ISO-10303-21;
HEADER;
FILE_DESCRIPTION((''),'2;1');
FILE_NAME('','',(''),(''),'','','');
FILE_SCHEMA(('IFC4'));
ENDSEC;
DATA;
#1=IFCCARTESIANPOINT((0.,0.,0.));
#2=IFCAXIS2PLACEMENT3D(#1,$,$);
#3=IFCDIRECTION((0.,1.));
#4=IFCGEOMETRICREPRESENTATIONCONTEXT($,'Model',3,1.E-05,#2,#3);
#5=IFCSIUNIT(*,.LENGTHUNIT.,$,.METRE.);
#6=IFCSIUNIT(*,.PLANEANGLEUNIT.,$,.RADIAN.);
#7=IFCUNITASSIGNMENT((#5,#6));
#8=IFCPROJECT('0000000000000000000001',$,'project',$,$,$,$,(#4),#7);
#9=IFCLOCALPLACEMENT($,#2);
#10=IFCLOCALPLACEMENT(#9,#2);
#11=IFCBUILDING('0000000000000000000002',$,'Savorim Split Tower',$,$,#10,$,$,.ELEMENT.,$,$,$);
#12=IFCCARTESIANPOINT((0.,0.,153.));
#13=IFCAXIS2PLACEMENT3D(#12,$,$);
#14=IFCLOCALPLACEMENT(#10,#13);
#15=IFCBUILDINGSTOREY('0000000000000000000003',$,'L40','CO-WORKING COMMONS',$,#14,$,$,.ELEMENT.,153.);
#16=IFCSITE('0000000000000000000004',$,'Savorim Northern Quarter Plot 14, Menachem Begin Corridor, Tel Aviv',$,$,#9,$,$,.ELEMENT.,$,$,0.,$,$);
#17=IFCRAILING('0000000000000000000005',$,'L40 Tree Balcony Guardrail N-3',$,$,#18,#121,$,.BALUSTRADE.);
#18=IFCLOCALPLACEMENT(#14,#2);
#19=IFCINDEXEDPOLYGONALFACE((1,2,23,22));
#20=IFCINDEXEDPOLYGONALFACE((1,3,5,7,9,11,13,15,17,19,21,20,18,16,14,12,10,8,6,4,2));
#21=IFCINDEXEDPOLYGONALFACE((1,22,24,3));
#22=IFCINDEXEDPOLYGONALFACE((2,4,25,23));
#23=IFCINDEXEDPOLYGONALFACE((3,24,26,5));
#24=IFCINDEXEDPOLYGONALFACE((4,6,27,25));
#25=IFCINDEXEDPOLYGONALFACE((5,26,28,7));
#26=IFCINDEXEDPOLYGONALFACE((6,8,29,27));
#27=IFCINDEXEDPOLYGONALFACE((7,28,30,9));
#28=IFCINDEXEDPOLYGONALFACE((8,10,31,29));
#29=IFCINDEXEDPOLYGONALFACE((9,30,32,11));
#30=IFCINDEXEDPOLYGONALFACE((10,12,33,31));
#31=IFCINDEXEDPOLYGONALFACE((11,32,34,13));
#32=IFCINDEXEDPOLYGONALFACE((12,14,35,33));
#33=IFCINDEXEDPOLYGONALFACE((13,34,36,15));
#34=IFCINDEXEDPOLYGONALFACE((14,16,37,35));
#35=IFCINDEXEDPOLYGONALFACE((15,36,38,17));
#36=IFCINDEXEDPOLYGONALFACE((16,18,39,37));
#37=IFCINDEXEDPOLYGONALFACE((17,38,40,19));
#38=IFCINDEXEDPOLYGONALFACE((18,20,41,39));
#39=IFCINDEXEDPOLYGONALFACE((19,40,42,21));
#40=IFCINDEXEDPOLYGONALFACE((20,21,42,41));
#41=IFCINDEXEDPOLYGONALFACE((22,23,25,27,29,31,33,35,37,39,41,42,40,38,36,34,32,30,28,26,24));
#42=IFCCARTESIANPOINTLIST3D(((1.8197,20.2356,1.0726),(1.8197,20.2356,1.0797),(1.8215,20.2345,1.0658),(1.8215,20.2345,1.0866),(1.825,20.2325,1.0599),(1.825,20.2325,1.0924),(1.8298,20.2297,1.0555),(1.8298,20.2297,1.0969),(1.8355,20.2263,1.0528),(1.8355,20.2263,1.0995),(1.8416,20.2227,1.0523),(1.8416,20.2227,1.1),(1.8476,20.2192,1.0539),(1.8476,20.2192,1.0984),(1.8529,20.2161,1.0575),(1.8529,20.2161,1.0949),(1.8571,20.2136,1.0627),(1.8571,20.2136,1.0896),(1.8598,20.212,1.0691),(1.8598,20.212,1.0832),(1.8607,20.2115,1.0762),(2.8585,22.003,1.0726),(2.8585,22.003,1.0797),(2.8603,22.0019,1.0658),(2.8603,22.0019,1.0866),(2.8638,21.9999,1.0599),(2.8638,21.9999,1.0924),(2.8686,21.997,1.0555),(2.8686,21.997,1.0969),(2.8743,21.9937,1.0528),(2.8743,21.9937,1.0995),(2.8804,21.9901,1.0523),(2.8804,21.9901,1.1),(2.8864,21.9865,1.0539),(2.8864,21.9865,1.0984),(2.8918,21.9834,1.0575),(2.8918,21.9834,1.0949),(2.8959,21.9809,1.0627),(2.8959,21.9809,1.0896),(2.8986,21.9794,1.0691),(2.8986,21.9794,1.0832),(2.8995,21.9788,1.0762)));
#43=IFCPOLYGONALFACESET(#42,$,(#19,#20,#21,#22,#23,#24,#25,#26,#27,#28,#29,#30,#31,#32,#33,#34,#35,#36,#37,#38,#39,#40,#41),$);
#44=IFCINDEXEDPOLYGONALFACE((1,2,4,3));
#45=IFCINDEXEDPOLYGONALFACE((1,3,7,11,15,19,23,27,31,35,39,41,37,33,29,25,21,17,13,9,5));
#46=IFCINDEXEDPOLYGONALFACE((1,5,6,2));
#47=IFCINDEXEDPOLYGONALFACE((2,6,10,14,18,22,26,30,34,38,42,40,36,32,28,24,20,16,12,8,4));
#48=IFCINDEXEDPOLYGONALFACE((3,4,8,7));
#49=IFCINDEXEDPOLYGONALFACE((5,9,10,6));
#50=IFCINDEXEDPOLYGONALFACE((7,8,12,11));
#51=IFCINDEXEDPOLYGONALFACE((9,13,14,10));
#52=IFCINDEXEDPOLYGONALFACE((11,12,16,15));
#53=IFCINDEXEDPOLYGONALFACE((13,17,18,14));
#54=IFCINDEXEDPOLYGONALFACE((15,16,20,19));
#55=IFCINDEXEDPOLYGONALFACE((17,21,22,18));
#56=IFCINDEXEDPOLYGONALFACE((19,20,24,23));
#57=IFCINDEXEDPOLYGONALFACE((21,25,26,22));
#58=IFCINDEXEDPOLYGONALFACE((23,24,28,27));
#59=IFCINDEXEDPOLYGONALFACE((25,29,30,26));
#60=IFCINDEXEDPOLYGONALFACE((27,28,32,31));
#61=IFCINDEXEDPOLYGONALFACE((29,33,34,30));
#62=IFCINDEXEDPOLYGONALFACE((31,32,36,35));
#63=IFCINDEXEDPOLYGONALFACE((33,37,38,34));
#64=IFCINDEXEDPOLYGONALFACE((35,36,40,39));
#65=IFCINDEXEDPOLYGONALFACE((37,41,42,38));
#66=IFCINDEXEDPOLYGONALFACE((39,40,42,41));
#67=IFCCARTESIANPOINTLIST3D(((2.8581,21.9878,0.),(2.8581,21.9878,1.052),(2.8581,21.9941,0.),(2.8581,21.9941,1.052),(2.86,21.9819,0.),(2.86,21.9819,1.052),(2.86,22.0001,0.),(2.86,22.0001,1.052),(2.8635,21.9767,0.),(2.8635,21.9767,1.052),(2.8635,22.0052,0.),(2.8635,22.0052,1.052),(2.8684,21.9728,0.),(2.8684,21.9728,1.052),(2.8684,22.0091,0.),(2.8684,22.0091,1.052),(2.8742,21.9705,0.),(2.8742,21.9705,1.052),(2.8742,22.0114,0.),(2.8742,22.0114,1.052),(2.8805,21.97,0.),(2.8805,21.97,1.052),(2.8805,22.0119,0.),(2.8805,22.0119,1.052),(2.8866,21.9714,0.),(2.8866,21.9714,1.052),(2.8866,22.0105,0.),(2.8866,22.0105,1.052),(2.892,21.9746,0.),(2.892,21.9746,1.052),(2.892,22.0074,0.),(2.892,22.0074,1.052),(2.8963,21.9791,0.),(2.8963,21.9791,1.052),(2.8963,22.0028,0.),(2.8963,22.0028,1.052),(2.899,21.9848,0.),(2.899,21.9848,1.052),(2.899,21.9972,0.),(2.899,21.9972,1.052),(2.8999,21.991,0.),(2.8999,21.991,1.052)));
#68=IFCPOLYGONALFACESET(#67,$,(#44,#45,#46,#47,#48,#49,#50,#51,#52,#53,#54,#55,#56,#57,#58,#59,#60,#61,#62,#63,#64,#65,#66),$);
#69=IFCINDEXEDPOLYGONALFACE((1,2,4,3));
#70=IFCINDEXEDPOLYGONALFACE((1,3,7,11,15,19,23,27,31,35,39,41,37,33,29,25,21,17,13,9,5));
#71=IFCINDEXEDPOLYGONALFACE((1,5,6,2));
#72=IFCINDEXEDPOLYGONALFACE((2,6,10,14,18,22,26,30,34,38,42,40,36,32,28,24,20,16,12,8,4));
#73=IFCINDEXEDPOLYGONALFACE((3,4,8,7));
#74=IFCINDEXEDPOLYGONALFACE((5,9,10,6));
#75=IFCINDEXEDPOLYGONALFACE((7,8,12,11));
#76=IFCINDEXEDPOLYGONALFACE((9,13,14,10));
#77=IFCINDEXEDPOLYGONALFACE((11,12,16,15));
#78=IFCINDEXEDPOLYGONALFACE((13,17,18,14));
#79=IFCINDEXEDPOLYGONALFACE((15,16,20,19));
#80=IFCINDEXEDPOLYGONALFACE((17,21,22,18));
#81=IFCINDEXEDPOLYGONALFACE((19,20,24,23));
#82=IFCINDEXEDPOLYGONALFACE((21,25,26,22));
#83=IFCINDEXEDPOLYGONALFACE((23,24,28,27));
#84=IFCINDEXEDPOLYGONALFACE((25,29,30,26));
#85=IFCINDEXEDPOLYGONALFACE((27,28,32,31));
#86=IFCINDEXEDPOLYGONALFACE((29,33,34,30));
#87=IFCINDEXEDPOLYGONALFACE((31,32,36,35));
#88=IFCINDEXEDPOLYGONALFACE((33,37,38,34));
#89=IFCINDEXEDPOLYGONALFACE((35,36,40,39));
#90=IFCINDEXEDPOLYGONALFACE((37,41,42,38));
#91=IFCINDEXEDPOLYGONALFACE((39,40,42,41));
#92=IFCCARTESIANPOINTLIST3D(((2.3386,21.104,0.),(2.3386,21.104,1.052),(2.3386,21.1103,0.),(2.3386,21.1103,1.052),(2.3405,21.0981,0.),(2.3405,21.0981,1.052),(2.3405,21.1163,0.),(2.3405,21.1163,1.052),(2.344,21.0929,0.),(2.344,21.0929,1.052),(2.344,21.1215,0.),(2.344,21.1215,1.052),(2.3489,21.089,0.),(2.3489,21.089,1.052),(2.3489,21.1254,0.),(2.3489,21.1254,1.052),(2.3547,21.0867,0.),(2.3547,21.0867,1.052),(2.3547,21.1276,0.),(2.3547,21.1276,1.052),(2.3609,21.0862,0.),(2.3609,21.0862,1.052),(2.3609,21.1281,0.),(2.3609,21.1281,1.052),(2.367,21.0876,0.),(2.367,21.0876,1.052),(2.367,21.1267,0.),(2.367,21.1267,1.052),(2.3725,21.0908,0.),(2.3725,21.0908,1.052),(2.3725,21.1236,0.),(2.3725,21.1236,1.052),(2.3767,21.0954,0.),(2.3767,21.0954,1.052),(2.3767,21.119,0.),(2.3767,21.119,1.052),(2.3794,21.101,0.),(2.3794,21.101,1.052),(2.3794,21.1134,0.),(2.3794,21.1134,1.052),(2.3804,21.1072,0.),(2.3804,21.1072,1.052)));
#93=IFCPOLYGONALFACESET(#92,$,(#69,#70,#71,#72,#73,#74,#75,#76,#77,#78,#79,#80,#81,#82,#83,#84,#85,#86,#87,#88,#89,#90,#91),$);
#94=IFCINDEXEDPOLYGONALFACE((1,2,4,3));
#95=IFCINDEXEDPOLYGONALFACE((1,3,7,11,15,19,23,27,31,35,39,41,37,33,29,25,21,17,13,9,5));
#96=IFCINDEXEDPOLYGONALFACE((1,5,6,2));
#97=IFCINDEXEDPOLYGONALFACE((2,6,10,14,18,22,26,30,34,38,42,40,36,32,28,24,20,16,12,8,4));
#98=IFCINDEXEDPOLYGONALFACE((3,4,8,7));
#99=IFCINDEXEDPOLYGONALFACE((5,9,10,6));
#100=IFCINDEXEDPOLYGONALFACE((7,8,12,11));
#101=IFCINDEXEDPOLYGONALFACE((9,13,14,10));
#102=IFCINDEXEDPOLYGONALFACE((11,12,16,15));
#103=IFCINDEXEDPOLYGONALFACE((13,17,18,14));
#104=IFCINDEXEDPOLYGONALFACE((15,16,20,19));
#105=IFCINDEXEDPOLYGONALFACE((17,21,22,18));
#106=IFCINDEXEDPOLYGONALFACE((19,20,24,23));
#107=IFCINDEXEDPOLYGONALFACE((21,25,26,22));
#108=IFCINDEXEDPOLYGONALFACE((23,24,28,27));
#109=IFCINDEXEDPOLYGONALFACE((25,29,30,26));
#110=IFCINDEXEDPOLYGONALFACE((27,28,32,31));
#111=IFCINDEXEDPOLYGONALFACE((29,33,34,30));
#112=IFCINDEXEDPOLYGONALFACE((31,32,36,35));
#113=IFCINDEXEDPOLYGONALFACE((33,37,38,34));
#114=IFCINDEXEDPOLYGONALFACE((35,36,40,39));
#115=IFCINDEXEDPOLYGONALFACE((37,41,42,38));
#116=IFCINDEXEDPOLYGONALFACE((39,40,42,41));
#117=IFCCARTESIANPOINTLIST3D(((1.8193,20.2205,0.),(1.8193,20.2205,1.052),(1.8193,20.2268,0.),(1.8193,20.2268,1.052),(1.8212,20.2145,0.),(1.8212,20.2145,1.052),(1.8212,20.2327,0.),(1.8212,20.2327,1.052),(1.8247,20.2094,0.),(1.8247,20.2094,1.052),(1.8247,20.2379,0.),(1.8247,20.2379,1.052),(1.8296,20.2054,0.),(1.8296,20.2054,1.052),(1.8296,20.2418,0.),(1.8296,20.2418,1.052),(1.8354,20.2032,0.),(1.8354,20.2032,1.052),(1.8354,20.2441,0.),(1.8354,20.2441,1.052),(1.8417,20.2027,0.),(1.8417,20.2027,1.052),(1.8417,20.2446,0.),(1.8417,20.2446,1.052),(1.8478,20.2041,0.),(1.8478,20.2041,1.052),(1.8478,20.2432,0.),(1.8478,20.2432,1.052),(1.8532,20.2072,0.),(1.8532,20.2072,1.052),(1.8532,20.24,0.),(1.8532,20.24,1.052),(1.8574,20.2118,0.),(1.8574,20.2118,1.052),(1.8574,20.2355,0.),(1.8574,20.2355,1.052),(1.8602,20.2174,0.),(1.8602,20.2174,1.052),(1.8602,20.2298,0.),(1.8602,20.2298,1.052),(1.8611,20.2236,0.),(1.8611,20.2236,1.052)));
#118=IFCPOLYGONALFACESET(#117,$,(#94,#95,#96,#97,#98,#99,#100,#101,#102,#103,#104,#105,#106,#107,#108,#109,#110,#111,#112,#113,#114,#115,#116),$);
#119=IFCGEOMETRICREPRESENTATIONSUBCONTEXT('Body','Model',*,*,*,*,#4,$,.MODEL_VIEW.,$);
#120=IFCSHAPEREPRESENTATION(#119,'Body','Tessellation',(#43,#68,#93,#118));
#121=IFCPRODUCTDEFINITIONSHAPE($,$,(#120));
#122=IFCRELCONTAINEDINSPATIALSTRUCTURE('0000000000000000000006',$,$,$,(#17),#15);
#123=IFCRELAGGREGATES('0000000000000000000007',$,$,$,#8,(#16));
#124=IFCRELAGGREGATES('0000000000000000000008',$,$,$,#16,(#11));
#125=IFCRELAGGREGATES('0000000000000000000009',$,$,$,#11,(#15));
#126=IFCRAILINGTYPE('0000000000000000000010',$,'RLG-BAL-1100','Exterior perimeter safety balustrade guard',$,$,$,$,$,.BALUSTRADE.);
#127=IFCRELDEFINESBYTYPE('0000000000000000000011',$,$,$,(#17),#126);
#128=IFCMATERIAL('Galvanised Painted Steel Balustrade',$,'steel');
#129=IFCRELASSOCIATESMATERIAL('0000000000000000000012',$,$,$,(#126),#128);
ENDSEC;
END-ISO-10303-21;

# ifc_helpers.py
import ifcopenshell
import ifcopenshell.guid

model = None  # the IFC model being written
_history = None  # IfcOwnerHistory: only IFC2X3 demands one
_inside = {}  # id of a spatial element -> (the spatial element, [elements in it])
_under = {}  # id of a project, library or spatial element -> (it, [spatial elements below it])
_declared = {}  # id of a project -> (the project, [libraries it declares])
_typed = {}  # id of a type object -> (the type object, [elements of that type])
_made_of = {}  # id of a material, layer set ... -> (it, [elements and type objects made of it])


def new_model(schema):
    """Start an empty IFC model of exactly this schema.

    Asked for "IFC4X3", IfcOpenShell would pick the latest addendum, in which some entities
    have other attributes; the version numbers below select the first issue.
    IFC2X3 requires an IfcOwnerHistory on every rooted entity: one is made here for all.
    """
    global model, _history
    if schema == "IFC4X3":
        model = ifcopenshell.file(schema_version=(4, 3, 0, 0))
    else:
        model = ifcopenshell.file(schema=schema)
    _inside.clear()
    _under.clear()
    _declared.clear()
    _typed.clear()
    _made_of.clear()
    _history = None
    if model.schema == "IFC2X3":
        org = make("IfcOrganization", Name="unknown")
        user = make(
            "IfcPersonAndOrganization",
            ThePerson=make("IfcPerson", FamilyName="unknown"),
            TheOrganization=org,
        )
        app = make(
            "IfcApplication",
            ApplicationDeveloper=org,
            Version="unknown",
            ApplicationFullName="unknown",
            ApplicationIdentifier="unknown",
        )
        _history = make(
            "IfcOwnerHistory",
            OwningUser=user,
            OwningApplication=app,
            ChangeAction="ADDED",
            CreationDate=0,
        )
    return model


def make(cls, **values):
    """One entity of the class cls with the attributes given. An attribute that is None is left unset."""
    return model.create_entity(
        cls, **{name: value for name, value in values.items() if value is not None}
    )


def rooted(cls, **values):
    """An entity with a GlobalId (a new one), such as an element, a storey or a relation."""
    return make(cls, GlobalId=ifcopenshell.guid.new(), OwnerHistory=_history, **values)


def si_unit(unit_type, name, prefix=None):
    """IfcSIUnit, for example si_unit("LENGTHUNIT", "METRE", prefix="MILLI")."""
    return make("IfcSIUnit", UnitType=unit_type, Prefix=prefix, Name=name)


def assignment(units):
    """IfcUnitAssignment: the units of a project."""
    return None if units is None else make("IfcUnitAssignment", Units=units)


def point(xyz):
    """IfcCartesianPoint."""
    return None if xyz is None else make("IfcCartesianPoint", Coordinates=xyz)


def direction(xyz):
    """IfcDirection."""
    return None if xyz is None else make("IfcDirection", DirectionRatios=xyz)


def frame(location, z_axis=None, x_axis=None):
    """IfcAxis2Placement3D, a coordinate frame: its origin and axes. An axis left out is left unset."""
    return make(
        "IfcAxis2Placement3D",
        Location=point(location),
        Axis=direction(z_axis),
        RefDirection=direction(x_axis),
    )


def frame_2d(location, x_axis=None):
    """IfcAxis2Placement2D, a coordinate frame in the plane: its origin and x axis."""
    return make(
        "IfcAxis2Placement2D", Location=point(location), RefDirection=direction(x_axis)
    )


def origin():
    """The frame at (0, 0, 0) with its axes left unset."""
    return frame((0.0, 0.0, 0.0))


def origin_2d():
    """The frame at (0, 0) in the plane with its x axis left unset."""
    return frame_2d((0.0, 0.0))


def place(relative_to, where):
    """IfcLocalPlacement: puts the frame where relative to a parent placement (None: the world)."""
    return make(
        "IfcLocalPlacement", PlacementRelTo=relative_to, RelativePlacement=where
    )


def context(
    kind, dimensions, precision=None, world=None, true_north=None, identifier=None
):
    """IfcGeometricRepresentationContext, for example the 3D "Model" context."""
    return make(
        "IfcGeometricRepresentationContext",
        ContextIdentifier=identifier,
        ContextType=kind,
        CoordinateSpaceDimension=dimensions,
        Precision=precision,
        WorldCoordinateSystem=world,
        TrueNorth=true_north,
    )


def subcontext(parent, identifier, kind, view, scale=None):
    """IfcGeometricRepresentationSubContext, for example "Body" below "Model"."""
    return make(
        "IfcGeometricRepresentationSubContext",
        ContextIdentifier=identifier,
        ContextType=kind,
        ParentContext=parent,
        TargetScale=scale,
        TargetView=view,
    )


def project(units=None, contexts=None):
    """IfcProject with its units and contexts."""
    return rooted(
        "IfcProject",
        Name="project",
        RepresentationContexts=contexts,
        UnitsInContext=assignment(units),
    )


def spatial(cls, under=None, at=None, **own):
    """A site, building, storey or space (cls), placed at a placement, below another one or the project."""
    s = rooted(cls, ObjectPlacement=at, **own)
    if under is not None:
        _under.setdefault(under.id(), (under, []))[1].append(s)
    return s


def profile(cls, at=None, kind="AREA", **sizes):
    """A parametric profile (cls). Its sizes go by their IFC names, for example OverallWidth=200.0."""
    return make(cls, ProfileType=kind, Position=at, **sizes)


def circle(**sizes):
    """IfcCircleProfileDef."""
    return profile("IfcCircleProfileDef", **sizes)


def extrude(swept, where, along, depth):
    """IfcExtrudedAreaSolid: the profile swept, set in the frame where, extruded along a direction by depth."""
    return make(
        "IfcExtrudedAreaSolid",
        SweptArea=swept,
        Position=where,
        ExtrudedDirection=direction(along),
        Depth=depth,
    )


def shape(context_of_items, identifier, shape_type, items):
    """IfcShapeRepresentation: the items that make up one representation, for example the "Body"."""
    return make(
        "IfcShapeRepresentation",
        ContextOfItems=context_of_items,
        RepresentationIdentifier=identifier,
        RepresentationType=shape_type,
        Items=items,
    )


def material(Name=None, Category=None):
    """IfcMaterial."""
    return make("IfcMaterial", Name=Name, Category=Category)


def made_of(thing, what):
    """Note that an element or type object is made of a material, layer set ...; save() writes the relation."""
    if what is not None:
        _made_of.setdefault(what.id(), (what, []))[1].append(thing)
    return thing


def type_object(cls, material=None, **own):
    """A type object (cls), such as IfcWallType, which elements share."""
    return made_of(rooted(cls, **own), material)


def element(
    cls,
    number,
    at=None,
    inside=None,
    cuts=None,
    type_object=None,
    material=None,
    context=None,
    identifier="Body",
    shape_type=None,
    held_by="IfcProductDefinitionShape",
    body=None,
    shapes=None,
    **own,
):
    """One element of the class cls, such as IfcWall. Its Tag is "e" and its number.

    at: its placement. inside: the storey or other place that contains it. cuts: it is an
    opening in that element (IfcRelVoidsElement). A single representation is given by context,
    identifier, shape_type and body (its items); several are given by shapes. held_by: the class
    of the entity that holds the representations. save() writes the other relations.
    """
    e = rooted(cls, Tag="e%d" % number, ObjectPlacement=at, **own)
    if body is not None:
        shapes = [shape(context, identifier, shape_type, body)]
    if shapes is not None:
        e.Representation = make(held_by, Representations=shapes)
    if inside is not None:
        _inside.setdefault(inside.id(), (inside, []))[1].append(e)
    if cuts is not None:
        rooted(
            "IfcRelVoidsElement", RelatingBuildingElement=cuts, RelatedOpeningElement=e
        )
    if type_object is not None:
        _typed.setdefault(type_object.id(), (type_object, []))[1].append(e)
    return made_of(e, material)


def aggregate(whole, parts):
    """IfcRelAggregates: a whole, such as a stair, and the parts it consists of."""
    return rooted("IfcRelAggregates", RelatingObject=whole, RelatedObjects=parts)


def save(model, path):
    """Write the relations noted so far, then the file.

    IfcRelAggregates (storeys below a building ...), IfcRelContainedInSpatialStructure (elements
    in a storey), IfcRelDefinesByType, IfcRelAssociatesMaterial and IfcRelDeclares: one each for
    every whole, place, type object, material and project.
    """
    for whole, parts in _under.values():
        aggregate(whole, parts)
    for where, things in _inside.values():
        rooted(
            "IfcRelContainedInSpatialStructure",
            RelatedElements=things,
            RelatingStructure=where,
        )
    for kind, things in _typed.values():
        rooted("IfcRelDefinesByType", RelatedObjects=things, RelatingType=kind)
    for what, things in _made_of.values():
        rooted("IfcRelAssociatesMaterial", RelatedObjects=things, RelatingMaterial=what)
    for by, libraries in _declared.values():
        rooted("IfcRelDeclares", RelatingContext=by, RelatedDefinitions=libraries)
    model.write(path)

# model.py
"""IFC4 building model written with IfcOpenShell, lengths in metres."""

from ifc_helpers import new_model, si_unit, direction, frame, origin, origin_2d, place, context, subcontext, project, spatial, circle, extrude, material, type_object, element, save


model = new_model("IFC4")

# Units and contexts
model_context = context("Model", 3, precision=1e-05, world=origin(), true_north=direction((0.0, 1.0)))
body_context = subcontext(model_context, "Body", "Model", "MODEL_VIEW")
ifc_project = project(units=[si_unit("LENGTHUNIT", "METRE"), si_unit("PLANEANGLEUNIT", "RADIAN")], contexts=[model_context])

# Site, building, storey
site_placement = place(None, origin())
site = spatial("IfcSite", under=ifc_project, at=site_placement, Name="Savorim Northern Quarter Plot 14, Menachem Begin Corridor, Tel Aviv", CompositionType="ELEMENT", RefElevation=0.0)
building_placement = place(site_placement, origin())
building = spatial("IfcBuilding", under=site, at=building_placement, Name="Savorim Split Tower", CompositionType="ELEMENT")
storey_placement = place(building_placement, frame((0.0, 0.0, 153.0)))
storey = spatial("IfcBuildingStorey", under=building, at=storey_placement, Name="L40", Description="CO-WORKING COMMONS", CompositionType="ELEMENT", Elevation=153.0)

# Railing
ifc_material_1 = material(Name="Galvanised Painted Steel Balustrade", Category="steel")
railing_type_1 = type_object("IfcRailingType", Name="RLG-BAL-1100", Description="Exterior perimeter safety balustrade guard", PredefinedType="BALUSTRADE", material=ifc_material_1)
railing_1_placement = place(storey_placement, frame((2.8789, 21.991, 0.0)))
element("IfcRailing", 1, at=railing_1_placement, inside=storey, type_object=railing_type_1, Name="L40 Tree Balcony Guardrail N-3", PredefinedType="BALUSTRADE", context=body_context, shape_type="SweptSolid", body=[
    extrude(circle(Radius=0.0239, at=origin_2d()), frame((0.0, 0.0, 1.0762), z_axis=(-0.506734, -0.862103, 0.0), x_axis=(0.862103, -0.506734, 0.0)), (0.0, 0.0, 1.0), 2.05),
    extrude(circle(Radius=0.021, at=origin_2d()), origin(), (0.0, 0.0, 1.0), 1.052),
    extrude(circle(Radius=0.021, at=origin_2d()), frame((-0.5195, -0.8838, 0.0)), (0.0, 0.0, 1.0), 1.052),
    extrude(circle(Radius=0.021, at=origin_2d()), frame((-1.0388, -1.7673, 0.0)), (0.0, 0.0, 1.0), 1.052),
])

save(model, "model.ifc")
